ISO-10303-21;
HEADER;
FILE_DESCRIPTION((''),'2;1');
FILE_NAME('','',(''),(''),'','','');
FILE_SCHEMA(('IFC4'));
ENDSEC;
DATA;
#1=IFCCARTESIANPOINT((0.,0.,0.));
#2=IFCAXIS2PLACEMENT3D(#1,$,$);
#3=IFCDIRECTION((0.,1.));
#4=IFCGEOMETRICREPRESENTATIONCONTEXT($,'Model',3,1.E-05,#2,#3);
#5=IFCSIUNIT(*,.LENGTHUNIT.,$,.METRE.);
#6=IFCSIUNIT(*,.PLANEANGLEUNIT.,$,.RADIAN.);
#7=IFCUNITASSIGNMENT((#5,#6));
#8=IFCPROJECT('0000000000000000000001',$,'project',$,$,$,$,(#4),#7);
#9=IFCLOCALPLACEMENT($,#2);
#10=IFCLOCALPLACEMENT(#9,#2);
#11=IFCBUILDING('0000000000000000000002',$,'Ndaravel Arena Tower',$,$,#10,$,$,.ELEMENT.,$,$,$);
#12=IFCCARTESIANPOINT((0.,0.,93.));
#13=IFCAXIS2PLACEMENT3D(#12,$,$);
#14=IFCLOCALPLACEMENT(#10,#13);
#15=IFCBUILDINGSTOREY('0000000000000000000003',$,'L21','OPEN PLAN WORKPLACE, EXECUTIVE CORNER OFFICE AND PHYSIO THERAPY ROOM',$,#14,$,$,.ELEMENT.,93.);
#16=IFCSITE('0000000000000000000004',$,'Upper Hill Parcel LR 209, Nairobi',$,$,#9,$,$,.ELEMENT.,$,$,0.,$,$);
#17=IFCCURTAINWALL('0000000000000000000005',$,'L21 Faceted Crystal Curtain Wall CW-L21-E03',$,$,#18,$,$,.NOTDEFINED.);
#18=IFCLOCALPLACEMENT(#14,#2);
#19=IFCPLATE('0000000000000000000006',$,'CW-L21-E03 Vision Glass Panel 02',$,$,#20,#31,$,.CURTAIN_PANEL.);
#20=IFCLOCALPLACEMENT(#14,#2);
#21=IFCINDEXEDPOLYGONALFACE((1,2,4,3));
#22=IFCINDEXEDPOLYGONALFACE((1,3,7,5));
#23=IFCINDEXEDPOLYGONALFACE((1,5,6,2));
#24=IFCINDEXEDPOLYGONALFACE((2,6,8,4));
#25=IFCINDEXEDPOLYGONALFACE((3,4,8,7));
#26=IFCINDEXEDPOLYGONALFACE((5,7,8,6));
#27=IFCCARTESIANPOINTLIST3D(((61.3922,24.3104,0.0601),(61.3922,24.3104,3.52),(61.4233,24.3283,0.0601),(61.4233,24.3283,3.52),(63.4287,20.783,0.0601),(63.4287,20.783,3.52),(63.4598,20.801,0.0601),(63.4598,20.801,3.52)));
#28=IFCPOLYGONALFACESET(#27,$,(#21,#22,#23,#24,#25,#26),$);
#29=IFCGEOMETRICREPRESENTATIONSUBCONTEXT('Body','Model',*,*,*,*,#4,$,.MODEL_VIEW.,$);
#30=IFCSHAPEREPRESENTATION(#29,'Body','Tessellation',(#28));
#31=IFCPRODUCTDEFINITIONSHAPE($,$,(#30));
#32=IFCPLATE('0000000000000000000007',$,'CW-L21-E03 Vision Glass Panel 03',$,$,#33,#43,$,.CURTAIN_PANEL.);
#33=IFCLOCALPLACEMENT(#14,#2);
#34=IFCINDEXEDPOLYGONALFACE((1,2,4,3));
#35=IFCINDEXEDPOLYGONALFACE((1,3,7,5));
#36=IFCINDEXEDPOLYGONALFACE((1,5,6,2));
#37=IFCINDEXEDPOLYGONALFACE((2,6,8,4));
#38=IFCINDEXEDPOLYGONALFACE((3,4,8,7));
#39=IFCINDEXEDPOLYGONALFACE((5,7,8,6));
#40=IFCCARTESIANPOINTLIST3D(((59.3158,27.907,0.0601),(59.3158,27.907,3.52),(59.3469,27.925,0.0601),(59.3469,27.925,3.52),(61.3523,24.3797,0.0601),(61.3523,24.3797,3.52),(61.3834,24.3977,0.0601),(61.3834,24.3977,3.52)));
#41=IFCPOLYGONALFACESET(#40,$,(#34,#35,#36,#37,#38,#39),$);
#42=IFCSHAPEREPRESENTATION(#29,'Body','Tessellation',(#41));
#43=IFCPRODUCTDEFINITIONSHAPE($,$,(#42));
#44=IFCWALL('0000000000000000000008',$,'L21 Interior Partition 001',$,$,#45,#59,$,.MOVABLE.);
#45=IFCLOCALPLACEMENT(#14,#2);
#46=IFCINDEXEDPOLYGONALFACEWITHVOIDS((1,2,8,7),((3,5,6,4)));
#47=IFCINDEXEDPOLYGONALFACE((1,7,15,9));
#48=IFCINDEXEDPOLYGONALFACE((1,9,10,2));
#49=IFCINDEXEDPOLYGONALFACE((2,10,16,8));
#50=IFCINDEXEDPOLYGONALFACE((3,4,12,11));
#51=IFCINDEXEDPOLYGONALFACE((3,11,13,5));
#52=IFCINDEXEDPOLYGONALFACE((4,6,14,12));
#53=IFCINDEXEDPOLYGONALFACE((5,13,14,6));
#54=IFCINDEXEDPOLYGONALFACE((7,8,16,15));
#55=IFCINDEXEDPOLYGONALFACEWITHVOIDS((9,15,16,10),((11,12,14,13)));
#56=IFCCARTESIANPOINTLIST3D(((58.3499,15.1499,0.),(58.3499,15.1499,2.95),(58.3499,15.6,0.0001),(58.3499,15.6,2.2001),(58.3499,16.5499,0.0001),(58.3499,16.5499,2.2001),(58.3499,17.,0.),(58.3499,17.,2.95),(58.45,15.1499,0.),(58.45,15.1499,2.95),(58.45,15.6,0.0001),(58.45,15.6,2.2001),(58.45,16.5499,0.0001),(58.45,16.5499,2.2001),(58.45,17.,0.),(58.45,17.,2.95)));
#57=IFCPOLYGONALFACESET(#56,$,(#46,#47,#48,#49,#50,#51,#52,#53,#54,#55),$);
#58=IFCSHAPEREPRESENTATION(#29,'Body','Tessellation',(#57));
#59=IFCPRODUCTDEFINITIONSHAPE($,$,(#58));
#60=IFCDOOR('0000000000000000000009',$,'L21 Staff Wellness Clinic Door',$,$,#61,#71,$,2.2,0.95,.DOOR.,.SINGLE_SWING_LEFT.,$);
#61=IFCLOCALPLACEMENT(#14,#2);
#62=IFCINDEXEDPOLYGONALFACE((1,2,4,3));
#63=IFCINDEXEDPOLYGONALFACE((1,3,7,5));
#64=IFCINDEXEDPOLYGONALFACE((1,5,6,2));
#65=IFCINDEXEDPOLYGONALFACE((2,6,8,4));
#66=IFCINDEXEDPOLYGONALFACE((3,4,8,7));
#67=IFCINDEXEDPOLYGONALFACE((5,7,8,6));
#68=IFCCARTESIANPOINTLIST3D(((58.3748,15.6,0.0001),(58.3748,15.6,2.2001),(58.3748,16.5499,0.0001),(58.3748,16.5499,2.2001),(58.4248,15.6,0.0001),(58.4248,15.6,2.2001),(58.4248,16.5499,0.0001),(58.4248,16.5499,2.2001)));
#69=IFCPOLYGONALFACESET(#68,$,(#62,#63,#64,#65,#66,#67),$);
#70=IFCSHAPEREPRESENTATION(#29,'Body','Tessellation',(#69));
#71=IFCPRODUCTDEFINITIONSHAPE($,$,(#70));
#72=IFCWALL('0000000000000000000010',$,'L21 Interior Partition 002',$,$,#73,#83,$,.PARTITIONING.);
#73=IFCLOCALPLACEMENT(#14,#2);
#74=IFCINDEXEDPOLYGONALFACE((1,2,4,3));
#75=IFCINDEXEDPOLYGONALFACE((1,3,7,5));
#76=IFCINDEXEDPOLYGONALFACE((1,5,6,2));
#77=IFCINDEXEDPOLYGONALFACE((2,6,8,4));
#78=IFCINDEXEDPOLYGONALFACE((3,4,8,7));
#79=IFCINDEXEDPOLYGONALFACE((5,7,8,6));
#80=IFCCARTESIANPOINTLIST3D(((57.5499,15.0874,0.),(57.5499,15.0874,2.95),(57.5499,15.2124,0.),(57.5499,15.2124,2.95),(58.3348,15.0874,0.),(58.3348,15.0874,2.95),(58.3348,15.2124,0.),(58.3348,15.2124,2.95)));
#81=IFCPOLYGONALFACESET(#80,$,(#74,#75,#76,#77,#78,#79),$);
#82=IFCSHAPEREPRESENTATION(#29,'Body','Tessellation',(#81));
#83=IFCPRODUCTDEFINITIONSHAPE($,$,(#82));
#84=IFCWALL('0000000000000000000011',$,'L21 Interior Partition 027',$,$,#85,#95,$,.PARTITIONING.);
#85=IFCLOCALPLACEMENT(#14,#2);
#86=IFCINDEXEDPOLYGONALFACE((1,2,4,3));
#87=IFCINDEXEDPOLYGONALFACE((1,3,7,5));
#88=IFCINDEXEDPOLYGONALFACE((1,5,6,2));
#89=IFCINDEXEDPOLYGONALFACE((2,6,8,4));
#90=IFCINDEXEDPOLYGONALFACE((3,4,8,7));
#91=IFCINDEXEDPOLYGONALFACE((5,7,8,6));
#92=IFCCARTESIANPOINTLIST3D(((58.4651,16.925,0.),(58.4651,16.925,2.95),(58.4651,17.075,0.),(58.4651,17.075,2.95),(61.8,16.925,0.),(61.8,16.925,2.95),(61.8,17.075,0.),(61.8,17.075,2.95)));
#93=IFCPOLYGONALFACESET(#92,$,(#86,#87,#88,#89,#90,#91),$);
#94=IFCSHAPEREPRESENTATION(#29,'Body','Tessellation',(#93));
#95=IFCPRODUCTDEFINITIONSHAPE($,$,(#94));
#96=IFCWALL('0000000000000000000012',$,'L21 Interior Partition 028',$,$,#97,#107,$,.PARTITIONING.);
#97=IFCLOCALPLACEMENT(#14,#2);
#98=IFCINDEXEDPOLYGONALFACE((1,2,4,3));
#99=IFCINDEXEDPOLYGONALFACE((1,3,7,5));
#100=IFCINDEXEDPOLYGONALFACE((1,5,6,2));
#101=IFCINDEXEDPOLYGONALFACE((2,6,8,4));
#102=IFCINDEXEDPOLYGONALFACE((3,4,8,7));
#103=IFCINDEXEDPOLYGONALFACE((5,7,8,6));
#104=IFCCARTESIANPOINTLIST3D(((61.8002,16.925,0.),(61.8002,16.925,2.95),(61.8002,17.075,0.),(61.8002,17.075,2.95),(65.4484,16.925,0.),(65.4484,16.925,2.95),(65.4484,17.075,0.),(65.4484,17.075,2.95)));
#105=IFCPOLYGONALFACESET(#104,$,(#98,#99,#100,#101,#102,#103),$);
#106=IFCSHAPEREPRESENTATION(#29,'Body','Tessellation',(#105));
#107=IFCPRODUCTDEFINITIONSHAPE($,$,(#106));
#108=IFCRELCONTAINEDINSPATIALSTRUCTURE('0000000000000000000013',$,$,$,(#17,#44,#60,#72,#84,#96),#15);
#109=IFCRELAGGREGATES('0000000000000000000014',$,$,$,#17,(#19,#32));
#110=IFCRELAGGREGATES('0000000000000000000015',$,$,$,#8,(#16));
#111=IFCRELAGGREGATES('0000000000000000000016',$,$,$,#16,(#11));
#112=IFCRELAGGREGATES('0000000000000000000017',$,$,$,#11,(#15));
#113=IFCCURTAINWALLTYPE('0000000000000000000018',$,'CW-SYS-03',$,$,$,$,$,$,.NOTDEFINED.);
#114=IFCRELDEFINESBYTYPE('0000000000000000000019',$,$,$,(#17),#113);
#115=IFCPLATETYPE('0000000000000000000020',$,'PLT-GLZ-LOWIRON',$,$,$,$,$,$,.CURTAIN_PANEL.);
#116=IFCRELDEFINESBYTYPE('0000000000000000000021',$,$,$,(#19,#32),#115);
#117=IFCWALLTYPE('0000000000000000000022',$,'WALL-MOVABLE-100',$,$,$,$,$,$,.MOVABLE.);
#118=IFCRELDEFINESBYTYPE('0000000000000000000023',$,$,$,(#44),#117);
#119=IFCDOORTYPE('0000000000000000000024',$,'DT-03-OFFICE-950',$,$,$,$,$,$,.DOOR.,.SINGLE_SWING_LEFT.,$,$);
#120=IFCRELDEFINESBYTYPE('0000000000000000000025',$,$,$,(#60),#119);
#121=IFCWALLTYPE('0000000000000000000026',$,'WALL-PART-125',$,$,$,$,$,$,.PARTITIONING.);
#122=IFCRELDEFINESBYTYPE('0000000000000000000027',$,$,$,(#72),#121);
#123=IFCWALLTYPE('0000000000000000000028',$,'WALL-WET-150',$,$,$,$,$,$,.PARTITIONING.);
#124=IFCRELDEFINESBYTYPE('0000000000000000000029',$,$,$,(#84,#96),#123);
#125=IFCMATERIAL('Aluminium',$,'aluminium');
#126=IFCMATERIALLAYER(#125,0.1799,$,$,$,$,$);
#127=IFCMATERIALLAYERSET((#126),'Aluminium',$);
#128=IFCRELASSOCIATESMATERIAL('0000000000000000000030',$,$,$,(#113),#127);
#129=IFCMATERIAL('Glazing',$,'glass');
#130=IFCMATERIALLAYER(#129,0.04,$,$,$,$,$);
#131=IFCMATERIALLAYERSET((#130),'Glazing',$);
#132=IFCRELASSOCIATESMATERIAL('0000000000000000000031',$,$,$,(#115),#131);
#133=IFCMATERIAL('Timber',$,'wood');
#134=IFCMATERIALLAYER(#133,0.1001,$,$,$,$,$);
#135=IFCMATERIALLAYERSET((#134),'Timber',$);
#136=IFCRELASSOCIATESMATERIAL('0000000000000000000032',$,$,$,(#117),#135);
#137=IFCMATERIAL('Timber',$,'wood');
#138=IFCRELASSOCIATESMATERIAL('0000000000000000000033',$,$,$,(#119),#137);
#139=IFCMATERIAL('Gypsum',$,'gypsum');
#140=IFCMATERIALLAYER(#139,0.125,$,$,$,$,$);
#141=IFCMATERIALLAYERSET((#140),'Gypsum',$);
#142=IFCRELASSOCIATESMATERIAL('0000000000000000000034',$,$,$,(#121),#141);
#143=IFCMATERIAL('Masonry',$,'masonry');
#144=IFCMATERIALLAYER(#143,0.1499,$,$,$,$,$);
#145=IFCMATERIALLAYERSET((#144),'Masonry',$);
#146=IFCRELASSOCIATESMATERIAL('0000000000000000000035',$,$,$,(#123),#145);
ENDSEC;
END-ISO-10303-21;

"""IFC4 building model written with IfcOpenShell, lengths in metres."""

from ifc_helpers import new_model, si_unit, direction, frame, frame_2d, origin, origin_2d, place, context, subcontext, project, spatial, rectangle, extrude, material, layer, layer_set, type_object, element, fill, aggregate, save


model = new_model("IFC4")

# Units and contexts
model_context = context("Model", 3, precision=1e-05, world=origin(), true_north=direction((0.0, 1.0)))
body_context = subcontext(model_context, "Body", "Model", "MODEL_VIEW")
ifc_project = project(units=[si_unit("LENGTHUNIT", "METRE"), si_unit("PLANEANGLEUNIT", "RADIAN")], contexts=[model_context])

# Site, building, storey
site_placement = place(None, origin())
site = spatial("IfcSite", under=ifc_project, at=site_placement, Name="Upper Hill Parcel LR 209, Nairobi", CompositionType="ELEMENT", RefElevation=0.0)
building_placement = place(site_placement, origin())
building = spatial("IfcBuilding", under=site, at=building_placement, Name="Ndaravel Arena Tower", CompositionType="ELEMENT")
storey_placement = place(building_placement, frame((0.0, 0.0, 93.0)))
storey = spatial("IfcBuildingStorey", under=building, at=storey_placement, Name="L21", Description="OPEN PLAN WORKPLACE, EXECUTIVE CORNER OFFICE AND PHYSIO THERAPY ROOM", CompositionType="ELEMENT", Elevation=93.0)

# Curtain wall
ifc_material_1 = material(Name="Aluminium", Category="aluminium")
ifc_layer_1 = layer(ifc_material_1, 0.1799)
ifc_layer_set_1 = layer_set([ifc_layer_1], Name="Aluminium")
curtain_wall_type_1 = type_object("IfcCurtainWallType", Name="CW-SYS-03", PredefinedType="NOTDEFINED", material=ifc_layer_set_1)
curtain_wall_1_placement = place(storey_placement, origin())
curtain_wall_1 = element("IfcCurtainWall", 1, at=curtain_wall_1_placement, inside=storey, type_object=curtain_wall_type_1, Name="L21 Faceted Crystal Curtain Wall CW-L21-E03", PredefinedType="NOTDEFINED")

# Plates
ifc_material_2 = material(Name="Glazing", Category="glass")
ifc_layer_2 = layer(ifc_material_2, 0.04)
ifc_layer_set_2 = layer_set([ifc_layer_2], Name="Glazing")
plate_type_1 = type_object("IfcPlateType", Name="PLT-GLZ-LOWIRON", PredefinedType="CURTAIN_PANEL", material=ifc_layer_set_2)
plate_1_placement = place(storey_placement, frame((62.426, 22.5557, 0.0601), z_axis=(0.0, 0.0, 1.0), x_axis=(-0.5, 0.866025, 0.0)))
plate_1 = element("IfcPlate", 2, at=plate_1_placement, type_object=plate_type_1, Name="CW-L21-E03 Vision Glass Panel 02", PredefinedType="CURTAIN_PANEL", context=body_context, shape_type="SweptSolid", body=[
    extrude(rectangle(XDim=4.073, YDim=0.0359, at=origin_2d()), origin(), (0.0, 0.0, 1.0), 3.46),
])
plate_2_placement = place(storey_placement, frame((60.3496, 26.1523, 0.0601), z_axis=(0.0, 0.0, 1.0), x_axis=(-0.5, 0.866025, 0.0)))
plate_2 = element("IfcPlate", 3, at=plate_2_placement, type_object=plate_type_1, Name="CW-L21-E03 Vision Glass Panel 03", PredefinedType="CURTAIN_PANEL", context=body_context, shape_type="SweptSolid", body=[
    extrude(rectangle(XDim=4.073, YDim=0.0359, at=origin_2d()), origin(), (0.0, 0.0, 1.0), 3.46),
])
aggregate(curtain_wall_1, [plate_1, plate_2])

# Wall, opening, door
ifc_material_3 = material(Name="Timber", Category="wood")
ifc_layer_3 = layer(ifc_material_3, 0.1001)
ifc_layer_set_3 = layer_set([ifc_layer_3], Name="Timber")
wall_type_1 = type_object("IfcWallType", Name="WALL-MOVABLE-100", PredefinedType="MOVABLE", material=ifc_layer_set_3)
wall_1_placement = place(storey_placement, frame((58.3999, 17.0, 0.0), z_axis=(0.0, 0.0, 1.0), x_axis=(0.0, -1.0, 0.0)))
wall_1 = element("IfcWall", 4, at=wall_1_placement, inside=storey, type_object=wall_type_1, Name="L21 Interior Partition 001", PredefinedType="MOVABLE", context=body_context, shape_type="SweptSolid", body=[
    extrude(rectangle(XDim=1.8501, YDim=0.1001, at=frame_2d((0.925, 0.0))), origin(), (0.0, 0.0, 1.0), 2.95),
])
opening_placement = place(wall_1_placement, frame((0.45, 0.0, 0.0)))
opening = element("IfcOpeningElement", 5, at=opening_placement, cuts=wall_1, PredefinedType="OPENING", context=body_context, shape_type="SweptSolid", body=[
    extrude(rectangle(XDim=0.95, YDim=2.2, at=frame_2d((0.4751, 1.1001))), frame((0.0, 0.05, 0.0), z_axis=(0.0, -1.0, 0.0), x_axis=(1.0, 0.0, 0.0)), (0.0, 0.0, 1.0), 0.1001),
])
ifc_material_4 = material(Name="Timber", Category="wood")
door_type = type_object("IfcDoorType", Name="DT-03-OFFICE-950", OperationType="SINGLE_SWING_LEFT", PredefinedType="DOOR", material=ifc_material_4)
door_placement = place(opening_placement, origin())
door = element("IfcDoor", 6, at=door_placement, inside=storey, type_object=door_type, Name="L21 Staff Wellness Clinic Door", OperationType="SINGLE_SWING_LEFT", OverallHeight=2.2, OverallWidth=0.95, PredefinedType="DOOR", context=body_context, shape_type="SweptSolid", body=[
    extrude(rectangle(XDim=0.95, YDim=2.2, at=frame_2d((0.4751, 1.1001))), frame((0.0, 0.0249, 0.0), z_axis=(0.0, -1.0, 0.0), x_axis=(1.0, 0.0, 0.0)), (0.0, 0.0, 1.0), 0.05),
])
fill(opening, door)

# Walls
ifc_material_5 = material(Name="Gypsum", Category="gypsum")
ifc_layer_4 = layer(ifc_material_5, 0.125)
ifc_layer_set_4 = layer_set([ifc_layer_4], Name="Gypsum")
wall_type_2 = type_object("IfcWallType", Name="WALL-PART-125", PredefinedType="PARTITIONING", material=ifc_layer_set_4)
wall_2_placement = place(storey_placement, frame((58.335, 15.1499, 0.0), z_axis=(0.0, 0.0, 1.0), x_axis=(-1.0, 0.0, 0.0)))
element("IfcWall", 7, at=wall_2_placement, inside=storey, type_object=wall_type_2, Name="L21 Interior Partition 002", PredefinedType="PARTITIONING", context=body_context, shape_type="SweptSolid", body=[
    extrude(rectangle(XDim=0.7849, YDim=0.125, at=frame_2d((0.3926, 0.0))), origin(), (0.0, 0.0, 1.0), 2.95),
])
ifc_material_6 = material(Name="Masonry", Category="masonry")
ifc_layer_5 = layer(ifc_material_6, 0.1499)
ifc_layer_set_5 = layer_set([ifc_layer_5], Name="Masonry")
wall_type_3 = type_object("IfcWallType", Name="WALL-WET-150", PredefinedType="PARTITIONING", material=ifc_layer_set_5)
wall_3_placement = place(storey_placement, frame((58.4651, 17.0, 0.0), z_axis=(0.0, 0.0, 1.0), x_axis=(1.0, 0.0, 0.0)))
element("IfcWall", 8, at=wall_3_placement, inside=storey, type_object=wall_type_3, Name="L21 Interior Partition 027", PredefinedType="PARTITIONING", context=body_context, shape_type="SweptSolid", body=[
    extrude(rectangle(XDim=3.335, YDim=0.1499, at=frame_2d((1.6675, 0.0))), origin(), (0.0, 0.0, 1.0), 2.95),
])
wall_4_placement = place(storey_placement, frame((61.8, 17.0, 0.0), z_axis=(0.0, 0.0, 1.0), x_axis=(1.0, 0.0, 0.0)))
element("IfcWall", 9, at=wall_4_placement, inside=storey, type_object=wall_type_3, Name="L21 Interior Partition 028", PredefinedType="PARTITIONING", context=body_context, shape_type="SweptSolid", body=[
    extrude(rectangle(XDim=3.6482, YDim=0.1499, at=frame_2d((1.8242, 0.0))), origin(), (0.0, 0.0, 1.0), 2.95),
])

save(model, "model.ifc")
